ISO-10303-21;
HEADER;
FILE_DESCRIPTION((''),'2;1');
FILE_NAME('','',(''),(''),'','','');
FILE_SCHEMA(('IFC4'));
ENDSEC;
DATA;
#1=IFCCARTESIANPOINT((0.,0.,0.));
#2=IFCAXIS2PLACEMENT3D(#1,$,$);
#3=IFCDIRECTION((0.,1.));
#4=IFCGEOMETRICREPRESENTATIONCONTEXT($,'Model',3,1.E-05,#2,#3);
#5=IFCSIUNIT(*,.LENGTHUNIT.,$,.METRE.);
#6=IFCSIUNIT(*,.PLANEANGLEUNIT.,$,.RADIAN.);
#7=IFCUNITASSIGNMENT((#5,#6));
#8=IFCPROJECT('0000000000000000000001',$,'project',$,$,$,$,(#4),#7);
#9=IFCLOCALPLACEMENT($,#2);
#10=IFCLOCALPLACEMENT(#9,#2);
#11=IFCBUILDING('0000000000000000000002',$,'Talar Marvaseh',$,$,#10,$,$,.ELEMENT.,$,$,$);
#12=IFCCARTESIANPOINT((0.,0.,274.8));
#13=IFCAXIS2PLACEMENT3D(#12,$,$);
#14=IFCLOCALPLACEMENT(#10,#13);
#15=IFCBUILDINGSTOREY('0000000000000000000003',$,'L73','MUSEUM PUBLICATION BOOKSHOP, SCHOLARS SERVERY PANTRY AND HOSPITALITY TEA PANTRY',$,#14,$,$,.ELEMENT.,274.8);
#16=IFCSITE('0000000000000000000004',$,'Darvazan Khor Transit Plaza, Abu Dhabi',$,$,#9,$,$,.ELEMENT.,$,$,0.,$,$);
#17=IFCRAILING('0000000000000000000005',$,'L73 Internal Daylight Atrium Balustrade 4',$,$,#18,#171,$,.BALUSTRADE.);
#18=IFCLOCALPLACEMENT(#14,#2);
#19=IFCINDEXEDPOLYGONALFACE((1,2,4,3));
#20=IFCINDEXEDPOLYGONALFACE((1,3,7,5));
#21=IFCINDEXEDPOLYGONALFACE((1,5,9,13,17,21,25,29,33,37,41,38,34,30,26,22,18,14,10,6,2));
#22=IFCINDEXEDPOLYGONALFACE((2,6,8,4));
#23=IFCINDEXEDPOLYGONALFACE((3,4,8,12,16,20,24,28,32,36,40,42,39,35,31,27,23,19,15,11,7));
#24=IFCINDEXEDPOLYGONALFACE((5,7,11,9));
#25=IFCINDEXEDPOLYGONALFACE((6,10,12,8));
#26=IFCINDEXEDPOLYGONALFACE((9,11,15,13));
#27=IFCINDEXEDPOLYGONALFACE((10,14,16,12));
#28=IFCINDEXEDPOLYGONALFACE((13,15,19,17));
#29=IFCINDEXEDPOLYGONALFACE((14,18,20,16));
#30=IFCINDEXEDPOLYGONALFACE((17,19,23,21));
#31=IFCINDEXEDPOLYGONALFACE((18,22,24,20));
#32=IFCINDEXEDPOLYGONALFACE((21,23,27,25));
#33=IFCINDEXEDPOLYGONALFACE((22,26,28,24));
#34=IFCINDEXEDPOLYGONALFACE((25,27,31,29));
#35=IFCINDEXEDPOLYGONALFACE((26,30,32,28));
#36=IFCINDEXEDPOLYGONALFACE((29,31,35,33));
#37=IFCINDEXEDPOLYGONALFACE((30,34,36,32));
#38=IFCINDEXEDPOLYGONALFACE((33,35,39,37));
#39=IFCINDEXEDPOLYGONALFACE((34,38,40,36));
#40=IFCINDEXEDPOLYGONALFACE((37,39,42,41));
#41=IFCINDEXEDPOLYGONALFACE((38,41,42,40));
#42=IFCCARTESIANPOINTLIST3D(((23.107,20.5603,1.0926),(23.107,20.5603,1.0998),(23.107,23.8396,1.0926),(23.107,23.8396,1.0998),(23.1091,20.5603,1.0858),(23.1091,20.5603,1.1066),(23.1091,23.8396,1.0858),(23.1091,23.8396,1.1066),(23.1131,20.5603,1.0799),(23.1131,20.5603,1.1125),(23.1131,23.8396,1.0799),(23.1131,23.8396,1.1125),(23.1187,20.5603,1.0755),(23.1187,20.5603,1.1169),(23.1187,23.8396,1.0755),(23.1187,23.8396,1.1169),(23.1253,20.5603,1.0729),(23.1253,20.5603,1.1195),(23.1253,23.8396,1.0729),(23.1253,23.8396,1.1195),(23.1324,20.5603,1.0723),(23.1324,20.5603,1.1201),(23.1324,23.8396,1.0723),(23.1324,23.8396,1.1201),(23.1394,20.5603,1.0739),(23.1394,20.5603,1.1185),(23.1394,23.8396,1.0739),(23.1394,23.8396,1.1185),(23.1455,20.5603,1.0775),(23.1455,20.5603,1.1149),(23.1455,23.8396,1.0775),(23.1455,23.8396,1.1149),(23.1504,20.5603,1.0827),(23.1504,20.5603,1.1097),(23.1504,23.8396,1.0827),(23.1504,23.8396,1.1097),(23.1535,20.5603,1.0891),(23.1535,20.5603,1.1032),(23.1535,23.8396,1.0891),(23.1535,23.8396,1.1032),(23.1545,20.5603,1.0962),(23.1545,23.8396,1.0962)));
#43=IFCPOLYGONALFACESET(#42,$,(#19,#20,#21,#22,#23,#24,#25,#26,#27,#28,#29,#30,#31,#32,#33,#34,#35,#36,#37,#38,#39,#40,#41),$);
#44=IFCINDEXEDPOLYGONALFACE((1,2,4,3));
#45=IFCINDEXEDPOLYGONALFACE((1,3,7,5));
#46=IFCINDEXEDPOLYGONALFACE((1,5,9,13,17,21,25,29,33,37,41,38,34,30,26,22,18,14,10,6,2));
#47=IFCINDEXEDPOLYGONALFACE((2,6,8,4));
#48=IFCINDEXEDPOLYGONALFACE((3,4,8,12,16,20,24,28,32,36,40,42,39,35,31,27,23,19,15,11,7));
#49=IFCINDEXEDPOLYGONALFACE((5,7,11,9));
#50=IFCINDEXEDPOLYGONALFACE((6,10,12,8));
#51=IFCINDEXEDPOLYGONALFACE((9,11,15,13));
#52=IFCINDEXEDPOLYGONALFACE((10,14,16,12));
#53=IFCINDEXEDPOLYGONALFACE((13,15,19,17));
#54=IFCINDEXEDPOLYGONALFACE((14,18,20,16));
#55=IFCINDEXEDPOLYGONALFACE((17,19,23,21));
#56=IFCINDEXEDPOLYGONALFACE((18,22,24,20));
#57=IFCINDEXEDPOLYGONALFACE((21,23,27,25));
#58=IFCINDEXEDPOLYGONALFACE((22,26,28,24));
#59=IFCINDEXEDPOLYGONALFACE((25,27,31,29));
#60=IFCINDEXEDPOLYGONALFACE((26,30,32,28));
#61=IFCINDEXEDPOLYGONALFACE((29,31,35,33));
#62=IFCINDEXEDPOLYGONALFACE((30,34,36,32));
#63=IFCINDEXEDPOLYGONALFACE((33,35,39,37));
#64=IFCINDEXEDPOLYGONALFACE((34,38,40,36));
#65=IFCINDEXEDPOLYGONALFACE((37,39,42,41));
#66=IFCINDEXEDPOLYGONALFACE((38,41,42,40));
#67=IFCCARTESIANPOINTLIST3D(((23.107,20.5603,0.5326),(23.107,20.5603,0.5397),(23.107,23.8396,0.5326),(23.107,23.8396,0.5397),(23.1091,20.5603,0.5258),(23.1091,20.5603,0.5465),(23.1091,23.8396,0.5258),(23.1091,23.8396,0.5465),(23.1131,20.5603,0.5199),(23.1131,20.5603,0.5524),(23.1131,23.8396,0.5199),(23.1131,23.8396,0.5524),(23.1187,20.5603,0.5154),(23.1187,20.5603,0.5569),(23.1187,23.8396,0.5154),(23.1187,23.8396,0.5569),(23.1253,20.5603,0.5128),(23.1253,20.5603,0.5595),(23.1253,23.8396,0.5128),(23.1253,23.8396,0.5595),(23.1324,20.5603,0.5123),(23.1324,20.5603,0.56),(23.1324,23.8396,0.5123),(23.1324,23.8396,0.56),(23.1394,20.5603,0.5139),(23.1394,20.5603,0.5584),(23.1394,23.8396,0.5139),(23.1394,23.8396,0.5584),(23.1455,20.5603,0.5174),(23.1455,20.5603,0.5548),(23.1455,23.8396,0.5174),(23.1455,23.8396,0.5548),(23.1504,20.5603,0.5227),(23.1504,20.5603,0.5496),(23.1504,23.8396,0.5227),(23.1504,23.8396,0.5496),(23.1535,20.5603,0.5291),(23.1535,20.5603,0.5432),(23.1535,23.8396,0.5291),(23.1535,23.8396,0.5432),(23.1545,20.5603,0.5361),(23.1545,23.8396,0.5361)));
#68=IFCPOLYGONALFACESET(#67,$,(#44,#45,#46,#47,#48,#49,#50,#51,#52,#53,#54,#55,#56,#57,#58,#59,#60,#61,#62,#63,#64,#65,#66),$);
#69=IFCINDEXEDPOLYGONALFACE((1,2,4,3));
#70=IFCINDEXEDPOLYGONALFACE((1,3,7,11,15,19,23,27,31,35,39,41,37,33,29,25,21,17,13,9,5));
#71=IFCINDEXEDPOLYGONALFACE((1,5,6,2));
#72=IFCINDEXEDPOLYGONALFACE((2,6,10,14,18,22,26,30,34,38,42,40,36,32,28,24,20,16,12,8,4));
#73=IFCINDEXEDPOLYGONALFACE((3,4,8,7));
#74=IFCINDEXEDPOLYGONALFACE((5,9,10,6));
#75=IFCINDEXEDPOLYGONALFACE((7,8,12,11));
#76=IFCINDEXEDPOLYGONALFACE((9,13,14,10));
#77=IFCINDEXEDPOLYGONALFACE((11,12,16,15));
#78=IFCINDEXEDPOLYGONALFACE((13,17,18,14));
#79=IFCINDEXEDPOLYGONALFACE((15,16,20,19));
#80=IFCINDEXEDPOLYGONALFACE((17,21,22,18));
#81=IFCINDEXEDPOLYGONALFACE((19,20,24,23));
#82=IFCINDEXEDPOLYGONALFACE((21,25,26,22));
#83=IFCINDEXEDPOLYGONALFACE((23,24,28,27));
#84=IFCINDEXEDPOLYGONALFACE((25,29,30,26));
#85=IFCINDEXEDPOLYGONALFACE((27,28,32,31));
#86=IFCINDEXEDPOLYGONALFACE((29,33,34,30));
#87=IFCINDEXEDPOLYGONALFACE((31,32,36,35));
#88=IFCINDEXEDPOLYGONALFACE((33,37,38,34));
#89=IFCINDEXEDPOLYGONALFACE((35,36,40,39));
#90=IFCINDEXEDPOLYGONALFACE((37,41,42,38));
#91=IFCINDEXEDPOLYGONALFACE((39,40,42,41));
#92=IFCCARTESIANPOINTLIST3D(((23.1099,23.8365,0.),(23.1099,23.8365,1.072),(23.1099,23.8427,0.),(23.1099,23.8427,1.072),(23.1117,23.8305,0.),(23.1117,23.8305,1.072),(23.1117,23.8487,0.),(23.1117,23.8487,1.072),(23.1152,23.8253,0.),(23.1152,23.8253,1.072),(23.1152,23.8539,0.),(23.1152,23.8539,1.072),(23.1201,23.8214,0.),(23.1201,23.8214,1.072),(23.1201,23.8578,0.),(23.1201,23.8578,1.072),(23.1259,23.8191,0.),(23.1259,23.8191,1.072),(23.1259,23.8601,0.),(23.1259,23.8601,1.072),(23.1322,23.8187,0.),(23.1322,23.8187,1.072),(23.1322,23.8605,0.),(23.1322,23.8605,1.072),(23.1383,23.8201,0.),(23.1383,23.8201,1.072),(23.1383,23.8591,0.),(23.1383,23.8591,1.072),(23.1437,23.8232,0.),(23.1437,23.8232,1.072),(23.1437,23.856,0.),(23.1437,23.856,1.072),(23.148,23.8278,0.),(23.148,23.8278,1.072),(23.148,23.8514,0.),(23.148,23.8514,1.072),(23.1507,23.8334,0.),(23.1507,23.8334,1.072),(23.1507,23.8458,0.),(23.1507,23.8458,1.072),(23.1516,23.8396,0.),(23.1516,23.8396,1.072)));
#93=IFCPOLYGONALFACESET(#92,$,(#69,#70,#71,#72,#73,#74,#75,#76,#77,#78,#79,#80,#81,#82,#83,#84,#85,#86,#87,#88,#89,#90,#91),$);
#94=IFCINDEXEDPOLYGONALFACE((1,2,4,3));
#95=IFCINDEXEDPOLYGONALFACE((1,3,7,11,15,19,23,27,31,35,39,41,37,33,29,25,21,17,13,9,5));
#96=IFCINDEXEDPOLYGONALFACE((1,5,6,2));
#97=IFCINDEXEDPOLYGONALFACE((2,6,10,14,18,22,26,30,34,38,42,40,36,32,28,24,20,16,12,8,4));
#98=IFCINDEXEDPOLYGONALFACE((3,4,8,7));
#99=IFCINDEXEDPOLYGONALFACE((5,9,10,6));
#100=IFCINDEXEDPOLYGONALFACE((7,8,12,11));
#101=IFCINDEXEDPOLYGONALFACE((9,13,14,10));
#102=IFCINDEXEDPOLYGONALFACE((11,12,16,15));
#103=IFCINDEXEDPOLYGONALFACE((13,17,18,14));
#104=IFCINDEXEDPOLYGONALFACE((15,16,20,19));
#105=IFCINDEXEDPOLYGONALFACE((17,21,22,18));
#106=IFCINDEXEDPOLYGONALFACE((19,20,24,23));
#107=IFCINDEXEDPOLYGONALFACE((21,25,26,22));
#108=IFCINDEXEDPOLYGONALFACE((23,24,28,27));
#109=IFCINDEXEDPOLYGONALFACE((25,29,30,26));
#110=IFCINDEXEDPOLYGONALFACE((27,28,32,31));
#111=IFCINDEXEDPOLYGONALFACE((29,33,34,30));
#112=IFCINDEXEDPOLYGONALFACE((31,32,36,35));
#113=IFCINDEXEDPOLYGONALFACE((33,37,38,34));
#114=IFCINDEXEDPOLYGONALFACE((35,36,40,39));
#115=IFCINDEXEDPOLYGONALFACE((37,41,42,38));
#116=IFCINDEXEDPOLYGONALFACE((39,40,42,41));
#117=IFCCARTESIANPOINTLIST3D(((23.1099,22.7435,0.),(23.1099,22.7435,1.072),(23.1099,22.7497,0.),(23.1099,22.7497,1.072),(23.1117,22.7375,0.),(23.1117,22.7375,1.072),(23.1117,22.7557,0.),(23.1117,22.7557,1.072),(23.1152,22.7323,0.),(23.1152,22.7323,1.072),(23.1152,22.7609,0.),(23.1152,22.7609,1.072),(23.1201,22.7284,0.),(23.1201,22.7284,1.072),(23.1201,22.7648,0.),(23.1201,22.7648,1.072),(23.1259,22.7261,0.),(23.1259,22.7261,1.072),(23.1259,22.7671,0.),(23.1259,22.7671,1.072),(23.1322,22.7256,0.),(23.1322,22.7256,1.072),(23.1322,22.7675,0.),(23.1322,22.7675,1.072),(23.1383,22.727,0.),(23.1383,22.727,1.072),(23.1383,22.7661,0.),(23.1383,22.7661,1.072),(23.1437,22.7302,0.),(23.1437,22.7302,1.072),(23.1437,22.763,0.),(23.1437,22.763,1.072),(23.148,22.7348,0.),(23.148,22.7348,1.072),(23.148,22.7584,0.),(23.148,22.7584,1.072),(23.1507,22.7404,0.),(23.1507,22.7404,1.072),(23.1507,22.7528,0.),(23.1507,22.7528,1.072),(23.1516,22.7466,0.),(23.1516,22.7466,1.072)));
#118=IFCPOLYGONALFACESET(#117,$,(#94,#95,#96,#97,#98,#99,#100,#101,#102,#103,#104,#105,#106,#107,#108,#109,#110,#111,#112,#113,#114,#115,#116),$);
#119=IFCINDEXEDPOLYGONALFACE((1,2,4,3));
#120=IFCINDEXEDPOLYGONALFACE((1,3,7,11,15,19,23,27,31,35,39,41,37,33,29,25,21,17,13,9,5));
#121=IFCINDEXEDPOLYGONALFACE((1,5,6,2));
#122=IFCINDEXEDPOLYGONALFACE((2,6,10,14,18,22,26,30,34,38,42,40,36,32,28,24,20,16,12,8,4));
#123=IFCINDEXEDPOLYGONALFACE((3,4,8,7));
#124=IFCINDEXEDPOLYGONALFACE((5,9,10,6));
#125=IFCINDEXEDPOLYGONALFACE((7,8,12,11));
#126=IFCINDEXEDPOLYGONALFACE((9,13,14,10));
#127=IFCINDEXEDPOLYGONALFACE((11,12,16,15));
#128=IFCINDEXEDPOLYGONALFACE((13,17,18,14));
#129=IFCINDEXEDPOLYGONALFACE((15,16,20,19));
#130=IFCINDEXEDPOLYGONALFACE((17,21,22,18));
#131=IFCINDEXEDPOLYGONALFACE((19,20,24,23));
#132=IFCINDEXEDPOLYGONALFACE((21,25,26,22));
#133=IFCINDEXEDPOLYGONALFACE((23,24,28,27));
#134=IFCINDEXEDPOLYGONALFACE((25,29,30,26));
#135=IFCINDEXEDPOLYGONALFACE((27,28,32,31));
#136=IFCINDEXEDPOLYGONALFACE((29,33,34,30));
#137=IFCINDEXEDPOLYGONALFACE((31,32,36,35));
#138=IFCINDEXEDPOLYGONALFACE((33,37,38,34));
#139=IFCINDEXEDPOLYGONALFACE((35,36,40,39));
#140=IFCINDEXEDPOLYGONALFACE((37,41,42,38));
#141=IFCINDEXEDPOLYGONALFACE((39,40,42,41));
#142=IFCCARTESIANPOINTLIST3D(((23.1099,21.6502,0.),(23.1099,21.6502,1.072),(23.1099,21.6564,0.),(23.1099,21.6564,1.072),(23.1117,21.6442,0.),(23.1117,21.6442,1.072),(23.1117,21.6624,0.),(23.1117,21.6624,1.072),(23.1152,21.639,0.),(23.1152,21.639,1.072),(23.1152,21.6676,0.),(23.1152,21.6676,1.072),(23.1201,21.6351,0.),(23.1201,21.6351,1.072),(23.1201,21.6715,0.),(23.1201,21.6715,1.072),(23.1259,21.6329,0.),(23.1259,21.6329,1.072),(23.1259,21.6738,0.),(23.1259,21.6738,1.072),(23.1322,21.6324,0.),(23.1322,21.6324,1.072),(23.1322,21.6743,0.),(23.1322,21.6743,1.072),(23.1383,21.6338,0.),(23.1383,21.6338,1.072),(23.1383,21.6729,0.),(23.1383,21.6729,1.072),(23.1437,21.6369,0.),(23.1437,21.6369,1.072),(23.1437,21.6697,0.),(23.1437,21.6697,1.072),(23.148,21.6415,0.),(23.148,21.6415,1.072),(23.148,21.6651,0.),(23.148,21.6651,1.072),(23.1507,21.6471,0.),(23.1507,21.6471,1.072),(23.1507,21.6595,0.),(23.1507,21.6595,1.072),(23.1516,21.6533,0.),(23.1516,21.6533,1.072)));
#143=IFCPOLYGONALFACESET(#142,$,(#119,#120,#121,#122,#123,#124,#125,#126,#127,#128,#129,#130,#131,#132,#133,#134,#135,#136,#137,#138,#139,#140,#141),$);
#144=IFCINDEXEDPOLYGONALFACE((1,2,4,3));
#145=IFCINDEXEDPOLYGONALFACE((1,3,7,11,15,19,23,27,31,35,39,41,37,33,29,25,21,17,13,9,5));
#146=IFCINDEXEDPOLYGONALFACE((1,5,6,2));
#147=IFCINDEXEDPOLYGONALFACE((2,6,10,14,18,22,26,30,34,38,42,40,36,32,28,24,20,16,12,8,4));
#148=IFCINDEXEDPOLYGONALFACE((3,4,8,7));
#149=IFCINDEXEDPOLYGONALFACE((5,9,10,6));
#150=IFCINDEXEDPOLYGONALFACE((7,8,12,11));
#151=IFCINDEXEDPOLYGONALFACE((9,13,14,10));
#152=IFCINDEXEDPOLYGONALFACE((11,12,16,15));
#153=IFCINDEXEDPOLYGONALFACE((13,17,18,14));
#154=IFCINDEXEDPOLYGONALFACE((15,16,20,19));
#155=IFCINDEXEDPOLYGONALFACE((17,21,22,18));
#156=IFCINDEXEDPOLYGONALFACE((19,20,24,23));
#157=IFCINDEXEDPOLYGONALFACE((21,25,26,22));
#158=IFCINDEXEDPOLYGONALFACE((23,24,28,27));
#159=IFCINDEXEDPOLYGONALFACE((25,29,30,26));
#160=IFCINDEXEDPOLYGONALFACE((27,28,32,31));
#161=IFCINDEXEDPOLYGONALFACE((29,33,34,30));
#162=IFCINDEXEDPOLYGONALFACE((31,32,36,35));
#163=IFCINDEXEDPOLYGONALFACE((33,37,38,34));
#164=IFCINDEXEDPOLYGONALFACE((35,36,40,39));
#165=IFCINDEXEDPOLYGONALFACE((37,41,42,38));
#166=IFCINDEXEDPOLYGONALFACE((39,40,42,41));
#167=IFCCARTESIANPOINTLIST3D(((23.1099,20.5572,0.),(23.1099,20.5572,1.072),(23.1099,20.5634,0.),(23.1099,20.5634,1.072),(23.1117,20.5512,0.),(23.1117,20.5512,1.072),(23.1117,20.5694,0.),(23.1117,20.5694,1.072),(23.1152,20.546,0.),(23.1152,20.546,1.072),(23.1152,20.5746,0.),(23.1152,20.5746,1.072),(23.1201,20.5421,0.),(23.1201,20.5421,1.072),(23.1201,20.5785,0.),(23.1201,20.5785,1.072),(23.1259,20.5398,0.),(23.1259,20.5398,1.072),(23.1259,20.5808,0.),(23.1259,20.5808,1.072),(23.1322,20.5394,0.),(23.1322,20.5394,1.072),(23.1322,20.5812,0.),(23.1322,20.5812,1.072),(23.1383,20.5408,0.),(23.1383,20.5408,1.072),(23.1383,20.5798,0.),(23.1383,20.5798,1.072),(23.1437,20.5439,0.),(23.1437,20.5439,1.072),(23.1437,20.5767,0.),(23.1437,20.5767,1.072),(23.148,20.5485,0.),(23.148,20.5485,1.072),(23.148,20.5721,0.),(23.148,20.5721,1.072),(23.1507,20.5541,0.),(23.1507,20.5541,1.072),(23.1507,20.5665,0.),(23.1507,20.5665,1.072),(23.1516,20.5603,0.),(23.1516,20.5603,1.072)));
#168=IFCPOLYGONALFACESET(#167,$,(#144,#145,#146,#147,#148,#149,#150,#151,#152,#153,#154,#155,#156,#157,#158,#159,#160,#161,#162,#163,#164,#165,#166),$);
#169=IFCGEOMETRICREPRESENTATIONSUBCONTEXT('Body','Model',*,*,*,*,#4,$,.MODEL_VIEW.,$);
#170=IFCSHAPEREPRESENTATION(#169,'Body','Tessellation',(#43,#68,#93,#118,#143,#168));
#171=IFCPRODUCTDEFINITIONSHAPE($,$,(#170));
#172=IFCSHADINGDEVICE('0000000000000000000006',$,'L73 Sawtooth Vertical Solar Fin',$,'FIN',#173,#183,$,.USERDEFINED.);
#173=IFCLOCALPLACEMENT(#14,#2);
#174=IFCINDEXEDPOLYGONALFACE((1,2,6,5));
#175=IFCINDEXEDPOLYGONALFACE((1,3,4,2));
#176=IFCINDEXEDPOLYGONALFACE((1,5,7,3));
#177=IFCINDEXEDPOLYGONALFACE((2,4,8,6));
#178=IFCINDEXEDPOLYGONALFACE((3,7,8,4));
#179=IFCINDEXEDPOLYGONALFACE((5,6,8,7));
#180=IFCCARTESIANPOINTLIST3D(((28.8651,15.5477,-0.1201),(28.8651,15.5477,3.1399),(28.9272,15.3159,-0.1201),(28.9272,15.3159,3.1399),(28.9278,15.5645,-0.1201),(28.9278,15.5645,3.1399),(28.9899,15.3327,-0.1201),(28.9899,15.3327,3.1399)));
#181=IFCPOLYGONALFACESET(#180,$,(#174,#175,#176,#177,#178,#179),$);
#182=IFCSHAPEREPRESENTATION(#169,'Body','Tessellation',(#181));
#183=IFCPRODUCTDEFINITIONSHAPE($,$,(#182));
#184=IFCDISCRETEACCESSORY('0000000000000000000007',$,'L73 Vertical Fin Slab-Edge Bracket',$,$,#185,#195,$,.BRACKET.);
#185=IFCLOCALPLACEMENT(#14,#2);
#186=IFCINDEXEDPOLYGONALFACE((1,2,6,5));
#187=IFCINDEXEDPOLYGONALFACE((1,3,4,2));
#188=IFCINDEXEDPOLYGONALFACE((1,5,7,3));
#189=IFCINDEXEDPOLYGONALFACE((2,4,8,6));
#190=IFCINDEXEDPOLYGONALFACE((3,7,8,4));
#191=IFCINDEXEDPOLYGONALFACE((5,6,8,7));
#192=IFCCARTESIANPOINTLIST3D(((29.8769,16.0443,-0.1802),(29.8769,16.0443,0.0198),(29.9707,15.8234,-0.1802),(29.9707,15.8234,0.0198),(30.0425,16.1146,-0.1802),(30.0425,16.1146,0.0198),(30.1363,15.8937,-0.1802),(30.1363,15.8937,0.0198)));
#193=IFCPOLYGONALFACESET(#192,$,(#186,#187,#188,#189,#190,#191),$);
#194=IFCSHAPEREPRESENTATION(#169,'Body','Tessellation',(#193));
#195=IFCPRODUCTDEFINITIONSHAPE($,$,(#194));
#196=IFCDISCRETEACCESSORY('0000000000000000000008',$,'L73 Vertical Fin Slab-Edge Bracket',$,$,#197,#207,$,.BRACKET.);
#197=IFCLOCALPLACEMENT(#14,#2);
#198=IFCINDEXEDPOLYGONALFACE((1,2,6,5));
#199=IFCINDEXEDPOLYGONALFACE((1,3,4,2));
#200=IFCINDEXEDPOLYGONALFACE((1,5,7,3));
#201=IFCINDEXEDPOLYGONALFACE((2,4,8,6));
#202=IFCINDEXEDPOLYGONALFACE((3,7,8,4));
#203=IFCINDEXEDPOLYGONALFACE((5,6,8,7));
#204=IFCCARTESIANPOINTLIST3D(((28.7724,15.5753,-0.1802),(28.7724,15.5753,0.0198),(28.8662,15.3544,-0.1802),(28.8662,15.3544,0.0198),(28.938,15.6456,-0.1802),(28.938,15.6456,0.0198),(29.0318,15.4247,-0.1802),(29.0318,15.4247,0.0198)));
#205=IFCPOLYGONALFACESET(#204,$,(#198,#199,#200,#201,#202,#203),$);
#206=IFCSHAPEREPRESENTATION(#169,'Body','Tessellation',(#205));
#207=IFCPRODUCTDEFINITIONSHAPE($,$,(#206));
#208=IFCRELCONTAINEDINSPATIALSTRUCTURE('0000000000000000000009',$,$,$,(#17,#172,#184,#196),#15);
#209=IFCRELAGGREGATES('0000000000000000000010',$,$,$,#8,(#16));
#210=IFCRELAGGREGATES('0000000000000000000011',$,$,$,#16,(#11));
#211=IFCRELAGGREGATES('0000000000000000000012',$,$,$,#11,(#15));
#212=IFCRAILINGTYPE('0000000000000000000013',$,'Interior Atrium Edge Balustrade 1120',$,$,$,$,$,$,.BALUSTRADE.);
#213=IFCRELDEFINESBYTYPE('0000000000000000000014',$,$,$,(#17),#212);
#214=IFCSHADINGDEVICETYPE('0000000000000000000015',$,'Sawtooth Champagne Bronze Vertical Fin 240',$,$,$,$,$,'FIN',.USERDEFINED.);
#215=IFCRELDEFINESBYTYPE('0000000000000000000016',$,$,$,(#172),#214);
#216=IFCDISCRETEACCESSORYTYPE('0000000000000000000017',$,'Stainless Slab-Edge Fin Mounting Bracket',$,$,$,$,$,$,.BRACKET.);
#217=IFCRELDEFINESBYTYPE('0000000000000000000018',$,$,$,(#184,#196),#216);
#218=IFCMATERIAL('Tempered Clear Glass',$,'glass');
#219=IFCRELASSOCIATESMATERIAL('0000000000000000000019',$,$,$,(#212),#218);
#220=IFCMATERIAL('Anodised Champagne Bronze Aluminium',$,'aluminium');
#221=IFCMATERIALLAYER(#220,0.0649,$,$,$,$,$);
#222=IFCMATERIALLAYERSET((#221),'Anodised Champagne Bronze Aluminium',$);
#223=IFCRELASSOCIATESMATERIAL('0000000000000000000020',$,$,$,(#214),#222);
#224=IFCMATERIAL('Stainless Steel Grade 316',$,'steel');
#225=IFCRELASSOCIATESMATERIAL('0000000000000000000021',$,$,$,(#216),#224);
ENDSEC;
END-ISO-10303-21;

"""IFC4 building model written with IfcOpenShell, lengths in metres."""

from ifc_helpers import new_model, si_unit, direction, frame, origin, origin_2d, place, context, subcontext, project, spatial, rectangle, circle, extrude, source, transform, mapped, material, layer, layer_set, type_object, type_shapes, element, save


model = new_model("IFC4")

# Units and contexts
model_context = context("Model", 3, precision=1e-05, world=origin(), true_north=direction((0.0, 1.0)))
body_context = subcontext(model_context, "Body", "Model", "MODEL_VIEW")
ifc_project = project(units=[si_unit("LENGTHUNIT", "METRE"), si_unit("PLANEANGLEUNIT", "RADIAN")], contexts=[model_context])

# Site, building, storey
site_placement = place(None, origin())
site = spatial("IfcSite", under=ifc_project, at=site_placement, Name="Darvazan Khor Transit Plaza, Abu Dhabi", CompositionType="ELEMENT", RefElevation=0.0)
building_placement = place(site_placement, origin())
building = spatial("IfcBuilding", under=site, at=building_placement, Name="Talar Marvaseh", CompositionType="ELEMENT")
storey_placement = place(building_placement, frame((0.0, 0.0, 274.8)))
storey = spatial("IfcBuildingStorey", under=building, at=storey_placement, Name="L73", Description="MUSEUM PUBLICATION BOOKSHOP, SCHOLARS SERVERY PANTRY AND HOSPITALITY TEA PANTRY", CompositionType="ELEMENT", Elevation=274.8)

# Railing
ifc_material_1 = material(Name="Tempered Clear Glass", Category="glass")
railing_type = type_object("IfcRailingType", Name="Interior Atrium Edge Balustrade 1120", PredefinedType="BALUSTRADE", material=ifc_material_1)
railing_1_placement = place(storey_placement, frame((23.1306, 23.8396, 0.0)))
element("IfcRailing", 1, at=railing_1_placement, inside=storey, type_object=railing_type, Name="L73 Internal Daylight Atrium Balustrade 4", PredefinedType="BALUSTRADE", context=body_context, shape_type="SweptSolid", body=[
    extrude(circle(Radius=0.0239, at=origin_2d()), frame((0.0, 0.0, 1.0962), z_axis=(0.0, -1.0, 0.0), x_axis=(1.0, 0.0, 0.0)), (0.0, 0.0, 1.0), 3.2793),
    extrude(circle(Radius=0.0239, at=origin_2d()), frame((0.0, 0.0, 0.5361), z_axis=(0.0, -1.0, 0.0), x_axis=(1.0, 0.0, 0.0)), (0.0, 0.0, 1.0), 3.2793),
    extrude(circle(Radius=0.021, at=origin_2d()), origin(), (0.0, 0.0, 1.0), 1.072),
    extrude(circle(Radius=0.021, at=origin_2d()), frame((0.0, -1.093, 0.0)), (0.0, 0.0, 1.0), 1.072),
    extrude(circle(Radius=0.021, at=origin_2d()), frame((0.0, -2.1863, 0.0)), (0.0, 0.0, 1.0), 1.072),
    extrude(circle(Radius=0.021, at=origin_2d()), frame((0.0, -3.2793, 0.0)), (0.0, 0.0, 1.0), 1.072),
])

# Shading device
ifc_material_2 = material(Name="Anodised Champagne Bronze Aluminium", Category="aluminium")
ifc_layer_1 = layer(ifc_material_2, 0.0649)
ifc_layer_set_1 = layer_set([ifc_layer_1], Name="Anodised Champagne Bronze Aluminium")
shading_device_type = type_object("IfcShadingDeviceType", Name="Sawtooth Champagne Bronze Vertical Fin 240", ElementType="FIN", PredefinedType="USERDEFINED", material=ifc_layer_set_1)
shared_shape_1 = source(origin(), body_context, "Body", "SweptSolid", [
    extrude(rectangle(XDim=0.24, YDim=0.0649, at=origin_2d()), origin(), (0.0, 0.0, 1.0), 3.26),
])
type_shapes(shading_device_type, [shared_shape_1])
shading_device_placement = place(storey_placement, frame((28.9275, 15.4402, -0.1201), z_axis=(0.0, 0.0, 1.0), x_axis=(0.258988, -0.965881, 0.0)))
element("IfcShadingDevice", 2, at=shading_device_placement, inside=storey, type_object=shading_device_type, Name="L73 Sawtooth Vertical Solar Fin", ObjectType="FIN", PredefinedType="USERDEFINED", context=body_context, shape_type="MappedRepresentation", body=[
    mapped(shared_shape_1, transform((0.0, 0.0, 0.0), x_axis=(1.0, 0.0, 0.0), y_axis=(0.0, 1.0, 0.0), z_axis=(0.0, 0.0, 1.0), scale=1.0)),
])

# Discrete accessories
ifc_material_3 = material(Name="Stainless Steel Grade 316", Category="steel")
discrete_accessory_type = type_object("IfcDiscreteAccessoryType", Name="Stainless Slab-Edge Fin Mounting Bracket", PredefinedType="BRACKET", material=ifc_material_3)
shared_shape_2 = source(origin(), body_context, "Body", "SweptSolid", [
    extrude(rectangle(XDim=0.24, YDim=0.1799, at=origin_2d()), origin(), (0.0, 0.0, 1.0), 0.2),
])
type_shapes(discrete_accessory_type, [shared_shape_2])
for number, where, z_axis, x_axis, name in (
    (3, (30.0066, 15.969, -0.1802), (0.0, 0.0, 1.0), (0.390892, -0.920437, 0.0), "L73 Vertical Fin Slab-Edge Bracket"),
    (4, (28.9021, 15.5, -0.1802), (0.0, 0.0, 1.0), (0.390892, -0.920437, 0.0), "L73 Vertical Fin Slab-Edge Bracket"),
):
    element("IfcDiscreteAccessory", number, at=place(storey_placement, frame(where, z_axis=z_axis, x_axis=x_axis)), inside=storey, type_object=discrete_accessory_type, Name=name, PredefinedType="BRACKET", context=body_context, shape_type="MappedRepresentation", body=[
        mapped(shared_shape_2, transform((0.0, 0.0, 0.0), x_axis=(1.0, 0.0, 0.0), y_axis=(0.0, 1.0, 0.0), z_axis=(0.0, 0.0, 1.0), scale=1.0)),
    ])

save(model, "model.ifc")
